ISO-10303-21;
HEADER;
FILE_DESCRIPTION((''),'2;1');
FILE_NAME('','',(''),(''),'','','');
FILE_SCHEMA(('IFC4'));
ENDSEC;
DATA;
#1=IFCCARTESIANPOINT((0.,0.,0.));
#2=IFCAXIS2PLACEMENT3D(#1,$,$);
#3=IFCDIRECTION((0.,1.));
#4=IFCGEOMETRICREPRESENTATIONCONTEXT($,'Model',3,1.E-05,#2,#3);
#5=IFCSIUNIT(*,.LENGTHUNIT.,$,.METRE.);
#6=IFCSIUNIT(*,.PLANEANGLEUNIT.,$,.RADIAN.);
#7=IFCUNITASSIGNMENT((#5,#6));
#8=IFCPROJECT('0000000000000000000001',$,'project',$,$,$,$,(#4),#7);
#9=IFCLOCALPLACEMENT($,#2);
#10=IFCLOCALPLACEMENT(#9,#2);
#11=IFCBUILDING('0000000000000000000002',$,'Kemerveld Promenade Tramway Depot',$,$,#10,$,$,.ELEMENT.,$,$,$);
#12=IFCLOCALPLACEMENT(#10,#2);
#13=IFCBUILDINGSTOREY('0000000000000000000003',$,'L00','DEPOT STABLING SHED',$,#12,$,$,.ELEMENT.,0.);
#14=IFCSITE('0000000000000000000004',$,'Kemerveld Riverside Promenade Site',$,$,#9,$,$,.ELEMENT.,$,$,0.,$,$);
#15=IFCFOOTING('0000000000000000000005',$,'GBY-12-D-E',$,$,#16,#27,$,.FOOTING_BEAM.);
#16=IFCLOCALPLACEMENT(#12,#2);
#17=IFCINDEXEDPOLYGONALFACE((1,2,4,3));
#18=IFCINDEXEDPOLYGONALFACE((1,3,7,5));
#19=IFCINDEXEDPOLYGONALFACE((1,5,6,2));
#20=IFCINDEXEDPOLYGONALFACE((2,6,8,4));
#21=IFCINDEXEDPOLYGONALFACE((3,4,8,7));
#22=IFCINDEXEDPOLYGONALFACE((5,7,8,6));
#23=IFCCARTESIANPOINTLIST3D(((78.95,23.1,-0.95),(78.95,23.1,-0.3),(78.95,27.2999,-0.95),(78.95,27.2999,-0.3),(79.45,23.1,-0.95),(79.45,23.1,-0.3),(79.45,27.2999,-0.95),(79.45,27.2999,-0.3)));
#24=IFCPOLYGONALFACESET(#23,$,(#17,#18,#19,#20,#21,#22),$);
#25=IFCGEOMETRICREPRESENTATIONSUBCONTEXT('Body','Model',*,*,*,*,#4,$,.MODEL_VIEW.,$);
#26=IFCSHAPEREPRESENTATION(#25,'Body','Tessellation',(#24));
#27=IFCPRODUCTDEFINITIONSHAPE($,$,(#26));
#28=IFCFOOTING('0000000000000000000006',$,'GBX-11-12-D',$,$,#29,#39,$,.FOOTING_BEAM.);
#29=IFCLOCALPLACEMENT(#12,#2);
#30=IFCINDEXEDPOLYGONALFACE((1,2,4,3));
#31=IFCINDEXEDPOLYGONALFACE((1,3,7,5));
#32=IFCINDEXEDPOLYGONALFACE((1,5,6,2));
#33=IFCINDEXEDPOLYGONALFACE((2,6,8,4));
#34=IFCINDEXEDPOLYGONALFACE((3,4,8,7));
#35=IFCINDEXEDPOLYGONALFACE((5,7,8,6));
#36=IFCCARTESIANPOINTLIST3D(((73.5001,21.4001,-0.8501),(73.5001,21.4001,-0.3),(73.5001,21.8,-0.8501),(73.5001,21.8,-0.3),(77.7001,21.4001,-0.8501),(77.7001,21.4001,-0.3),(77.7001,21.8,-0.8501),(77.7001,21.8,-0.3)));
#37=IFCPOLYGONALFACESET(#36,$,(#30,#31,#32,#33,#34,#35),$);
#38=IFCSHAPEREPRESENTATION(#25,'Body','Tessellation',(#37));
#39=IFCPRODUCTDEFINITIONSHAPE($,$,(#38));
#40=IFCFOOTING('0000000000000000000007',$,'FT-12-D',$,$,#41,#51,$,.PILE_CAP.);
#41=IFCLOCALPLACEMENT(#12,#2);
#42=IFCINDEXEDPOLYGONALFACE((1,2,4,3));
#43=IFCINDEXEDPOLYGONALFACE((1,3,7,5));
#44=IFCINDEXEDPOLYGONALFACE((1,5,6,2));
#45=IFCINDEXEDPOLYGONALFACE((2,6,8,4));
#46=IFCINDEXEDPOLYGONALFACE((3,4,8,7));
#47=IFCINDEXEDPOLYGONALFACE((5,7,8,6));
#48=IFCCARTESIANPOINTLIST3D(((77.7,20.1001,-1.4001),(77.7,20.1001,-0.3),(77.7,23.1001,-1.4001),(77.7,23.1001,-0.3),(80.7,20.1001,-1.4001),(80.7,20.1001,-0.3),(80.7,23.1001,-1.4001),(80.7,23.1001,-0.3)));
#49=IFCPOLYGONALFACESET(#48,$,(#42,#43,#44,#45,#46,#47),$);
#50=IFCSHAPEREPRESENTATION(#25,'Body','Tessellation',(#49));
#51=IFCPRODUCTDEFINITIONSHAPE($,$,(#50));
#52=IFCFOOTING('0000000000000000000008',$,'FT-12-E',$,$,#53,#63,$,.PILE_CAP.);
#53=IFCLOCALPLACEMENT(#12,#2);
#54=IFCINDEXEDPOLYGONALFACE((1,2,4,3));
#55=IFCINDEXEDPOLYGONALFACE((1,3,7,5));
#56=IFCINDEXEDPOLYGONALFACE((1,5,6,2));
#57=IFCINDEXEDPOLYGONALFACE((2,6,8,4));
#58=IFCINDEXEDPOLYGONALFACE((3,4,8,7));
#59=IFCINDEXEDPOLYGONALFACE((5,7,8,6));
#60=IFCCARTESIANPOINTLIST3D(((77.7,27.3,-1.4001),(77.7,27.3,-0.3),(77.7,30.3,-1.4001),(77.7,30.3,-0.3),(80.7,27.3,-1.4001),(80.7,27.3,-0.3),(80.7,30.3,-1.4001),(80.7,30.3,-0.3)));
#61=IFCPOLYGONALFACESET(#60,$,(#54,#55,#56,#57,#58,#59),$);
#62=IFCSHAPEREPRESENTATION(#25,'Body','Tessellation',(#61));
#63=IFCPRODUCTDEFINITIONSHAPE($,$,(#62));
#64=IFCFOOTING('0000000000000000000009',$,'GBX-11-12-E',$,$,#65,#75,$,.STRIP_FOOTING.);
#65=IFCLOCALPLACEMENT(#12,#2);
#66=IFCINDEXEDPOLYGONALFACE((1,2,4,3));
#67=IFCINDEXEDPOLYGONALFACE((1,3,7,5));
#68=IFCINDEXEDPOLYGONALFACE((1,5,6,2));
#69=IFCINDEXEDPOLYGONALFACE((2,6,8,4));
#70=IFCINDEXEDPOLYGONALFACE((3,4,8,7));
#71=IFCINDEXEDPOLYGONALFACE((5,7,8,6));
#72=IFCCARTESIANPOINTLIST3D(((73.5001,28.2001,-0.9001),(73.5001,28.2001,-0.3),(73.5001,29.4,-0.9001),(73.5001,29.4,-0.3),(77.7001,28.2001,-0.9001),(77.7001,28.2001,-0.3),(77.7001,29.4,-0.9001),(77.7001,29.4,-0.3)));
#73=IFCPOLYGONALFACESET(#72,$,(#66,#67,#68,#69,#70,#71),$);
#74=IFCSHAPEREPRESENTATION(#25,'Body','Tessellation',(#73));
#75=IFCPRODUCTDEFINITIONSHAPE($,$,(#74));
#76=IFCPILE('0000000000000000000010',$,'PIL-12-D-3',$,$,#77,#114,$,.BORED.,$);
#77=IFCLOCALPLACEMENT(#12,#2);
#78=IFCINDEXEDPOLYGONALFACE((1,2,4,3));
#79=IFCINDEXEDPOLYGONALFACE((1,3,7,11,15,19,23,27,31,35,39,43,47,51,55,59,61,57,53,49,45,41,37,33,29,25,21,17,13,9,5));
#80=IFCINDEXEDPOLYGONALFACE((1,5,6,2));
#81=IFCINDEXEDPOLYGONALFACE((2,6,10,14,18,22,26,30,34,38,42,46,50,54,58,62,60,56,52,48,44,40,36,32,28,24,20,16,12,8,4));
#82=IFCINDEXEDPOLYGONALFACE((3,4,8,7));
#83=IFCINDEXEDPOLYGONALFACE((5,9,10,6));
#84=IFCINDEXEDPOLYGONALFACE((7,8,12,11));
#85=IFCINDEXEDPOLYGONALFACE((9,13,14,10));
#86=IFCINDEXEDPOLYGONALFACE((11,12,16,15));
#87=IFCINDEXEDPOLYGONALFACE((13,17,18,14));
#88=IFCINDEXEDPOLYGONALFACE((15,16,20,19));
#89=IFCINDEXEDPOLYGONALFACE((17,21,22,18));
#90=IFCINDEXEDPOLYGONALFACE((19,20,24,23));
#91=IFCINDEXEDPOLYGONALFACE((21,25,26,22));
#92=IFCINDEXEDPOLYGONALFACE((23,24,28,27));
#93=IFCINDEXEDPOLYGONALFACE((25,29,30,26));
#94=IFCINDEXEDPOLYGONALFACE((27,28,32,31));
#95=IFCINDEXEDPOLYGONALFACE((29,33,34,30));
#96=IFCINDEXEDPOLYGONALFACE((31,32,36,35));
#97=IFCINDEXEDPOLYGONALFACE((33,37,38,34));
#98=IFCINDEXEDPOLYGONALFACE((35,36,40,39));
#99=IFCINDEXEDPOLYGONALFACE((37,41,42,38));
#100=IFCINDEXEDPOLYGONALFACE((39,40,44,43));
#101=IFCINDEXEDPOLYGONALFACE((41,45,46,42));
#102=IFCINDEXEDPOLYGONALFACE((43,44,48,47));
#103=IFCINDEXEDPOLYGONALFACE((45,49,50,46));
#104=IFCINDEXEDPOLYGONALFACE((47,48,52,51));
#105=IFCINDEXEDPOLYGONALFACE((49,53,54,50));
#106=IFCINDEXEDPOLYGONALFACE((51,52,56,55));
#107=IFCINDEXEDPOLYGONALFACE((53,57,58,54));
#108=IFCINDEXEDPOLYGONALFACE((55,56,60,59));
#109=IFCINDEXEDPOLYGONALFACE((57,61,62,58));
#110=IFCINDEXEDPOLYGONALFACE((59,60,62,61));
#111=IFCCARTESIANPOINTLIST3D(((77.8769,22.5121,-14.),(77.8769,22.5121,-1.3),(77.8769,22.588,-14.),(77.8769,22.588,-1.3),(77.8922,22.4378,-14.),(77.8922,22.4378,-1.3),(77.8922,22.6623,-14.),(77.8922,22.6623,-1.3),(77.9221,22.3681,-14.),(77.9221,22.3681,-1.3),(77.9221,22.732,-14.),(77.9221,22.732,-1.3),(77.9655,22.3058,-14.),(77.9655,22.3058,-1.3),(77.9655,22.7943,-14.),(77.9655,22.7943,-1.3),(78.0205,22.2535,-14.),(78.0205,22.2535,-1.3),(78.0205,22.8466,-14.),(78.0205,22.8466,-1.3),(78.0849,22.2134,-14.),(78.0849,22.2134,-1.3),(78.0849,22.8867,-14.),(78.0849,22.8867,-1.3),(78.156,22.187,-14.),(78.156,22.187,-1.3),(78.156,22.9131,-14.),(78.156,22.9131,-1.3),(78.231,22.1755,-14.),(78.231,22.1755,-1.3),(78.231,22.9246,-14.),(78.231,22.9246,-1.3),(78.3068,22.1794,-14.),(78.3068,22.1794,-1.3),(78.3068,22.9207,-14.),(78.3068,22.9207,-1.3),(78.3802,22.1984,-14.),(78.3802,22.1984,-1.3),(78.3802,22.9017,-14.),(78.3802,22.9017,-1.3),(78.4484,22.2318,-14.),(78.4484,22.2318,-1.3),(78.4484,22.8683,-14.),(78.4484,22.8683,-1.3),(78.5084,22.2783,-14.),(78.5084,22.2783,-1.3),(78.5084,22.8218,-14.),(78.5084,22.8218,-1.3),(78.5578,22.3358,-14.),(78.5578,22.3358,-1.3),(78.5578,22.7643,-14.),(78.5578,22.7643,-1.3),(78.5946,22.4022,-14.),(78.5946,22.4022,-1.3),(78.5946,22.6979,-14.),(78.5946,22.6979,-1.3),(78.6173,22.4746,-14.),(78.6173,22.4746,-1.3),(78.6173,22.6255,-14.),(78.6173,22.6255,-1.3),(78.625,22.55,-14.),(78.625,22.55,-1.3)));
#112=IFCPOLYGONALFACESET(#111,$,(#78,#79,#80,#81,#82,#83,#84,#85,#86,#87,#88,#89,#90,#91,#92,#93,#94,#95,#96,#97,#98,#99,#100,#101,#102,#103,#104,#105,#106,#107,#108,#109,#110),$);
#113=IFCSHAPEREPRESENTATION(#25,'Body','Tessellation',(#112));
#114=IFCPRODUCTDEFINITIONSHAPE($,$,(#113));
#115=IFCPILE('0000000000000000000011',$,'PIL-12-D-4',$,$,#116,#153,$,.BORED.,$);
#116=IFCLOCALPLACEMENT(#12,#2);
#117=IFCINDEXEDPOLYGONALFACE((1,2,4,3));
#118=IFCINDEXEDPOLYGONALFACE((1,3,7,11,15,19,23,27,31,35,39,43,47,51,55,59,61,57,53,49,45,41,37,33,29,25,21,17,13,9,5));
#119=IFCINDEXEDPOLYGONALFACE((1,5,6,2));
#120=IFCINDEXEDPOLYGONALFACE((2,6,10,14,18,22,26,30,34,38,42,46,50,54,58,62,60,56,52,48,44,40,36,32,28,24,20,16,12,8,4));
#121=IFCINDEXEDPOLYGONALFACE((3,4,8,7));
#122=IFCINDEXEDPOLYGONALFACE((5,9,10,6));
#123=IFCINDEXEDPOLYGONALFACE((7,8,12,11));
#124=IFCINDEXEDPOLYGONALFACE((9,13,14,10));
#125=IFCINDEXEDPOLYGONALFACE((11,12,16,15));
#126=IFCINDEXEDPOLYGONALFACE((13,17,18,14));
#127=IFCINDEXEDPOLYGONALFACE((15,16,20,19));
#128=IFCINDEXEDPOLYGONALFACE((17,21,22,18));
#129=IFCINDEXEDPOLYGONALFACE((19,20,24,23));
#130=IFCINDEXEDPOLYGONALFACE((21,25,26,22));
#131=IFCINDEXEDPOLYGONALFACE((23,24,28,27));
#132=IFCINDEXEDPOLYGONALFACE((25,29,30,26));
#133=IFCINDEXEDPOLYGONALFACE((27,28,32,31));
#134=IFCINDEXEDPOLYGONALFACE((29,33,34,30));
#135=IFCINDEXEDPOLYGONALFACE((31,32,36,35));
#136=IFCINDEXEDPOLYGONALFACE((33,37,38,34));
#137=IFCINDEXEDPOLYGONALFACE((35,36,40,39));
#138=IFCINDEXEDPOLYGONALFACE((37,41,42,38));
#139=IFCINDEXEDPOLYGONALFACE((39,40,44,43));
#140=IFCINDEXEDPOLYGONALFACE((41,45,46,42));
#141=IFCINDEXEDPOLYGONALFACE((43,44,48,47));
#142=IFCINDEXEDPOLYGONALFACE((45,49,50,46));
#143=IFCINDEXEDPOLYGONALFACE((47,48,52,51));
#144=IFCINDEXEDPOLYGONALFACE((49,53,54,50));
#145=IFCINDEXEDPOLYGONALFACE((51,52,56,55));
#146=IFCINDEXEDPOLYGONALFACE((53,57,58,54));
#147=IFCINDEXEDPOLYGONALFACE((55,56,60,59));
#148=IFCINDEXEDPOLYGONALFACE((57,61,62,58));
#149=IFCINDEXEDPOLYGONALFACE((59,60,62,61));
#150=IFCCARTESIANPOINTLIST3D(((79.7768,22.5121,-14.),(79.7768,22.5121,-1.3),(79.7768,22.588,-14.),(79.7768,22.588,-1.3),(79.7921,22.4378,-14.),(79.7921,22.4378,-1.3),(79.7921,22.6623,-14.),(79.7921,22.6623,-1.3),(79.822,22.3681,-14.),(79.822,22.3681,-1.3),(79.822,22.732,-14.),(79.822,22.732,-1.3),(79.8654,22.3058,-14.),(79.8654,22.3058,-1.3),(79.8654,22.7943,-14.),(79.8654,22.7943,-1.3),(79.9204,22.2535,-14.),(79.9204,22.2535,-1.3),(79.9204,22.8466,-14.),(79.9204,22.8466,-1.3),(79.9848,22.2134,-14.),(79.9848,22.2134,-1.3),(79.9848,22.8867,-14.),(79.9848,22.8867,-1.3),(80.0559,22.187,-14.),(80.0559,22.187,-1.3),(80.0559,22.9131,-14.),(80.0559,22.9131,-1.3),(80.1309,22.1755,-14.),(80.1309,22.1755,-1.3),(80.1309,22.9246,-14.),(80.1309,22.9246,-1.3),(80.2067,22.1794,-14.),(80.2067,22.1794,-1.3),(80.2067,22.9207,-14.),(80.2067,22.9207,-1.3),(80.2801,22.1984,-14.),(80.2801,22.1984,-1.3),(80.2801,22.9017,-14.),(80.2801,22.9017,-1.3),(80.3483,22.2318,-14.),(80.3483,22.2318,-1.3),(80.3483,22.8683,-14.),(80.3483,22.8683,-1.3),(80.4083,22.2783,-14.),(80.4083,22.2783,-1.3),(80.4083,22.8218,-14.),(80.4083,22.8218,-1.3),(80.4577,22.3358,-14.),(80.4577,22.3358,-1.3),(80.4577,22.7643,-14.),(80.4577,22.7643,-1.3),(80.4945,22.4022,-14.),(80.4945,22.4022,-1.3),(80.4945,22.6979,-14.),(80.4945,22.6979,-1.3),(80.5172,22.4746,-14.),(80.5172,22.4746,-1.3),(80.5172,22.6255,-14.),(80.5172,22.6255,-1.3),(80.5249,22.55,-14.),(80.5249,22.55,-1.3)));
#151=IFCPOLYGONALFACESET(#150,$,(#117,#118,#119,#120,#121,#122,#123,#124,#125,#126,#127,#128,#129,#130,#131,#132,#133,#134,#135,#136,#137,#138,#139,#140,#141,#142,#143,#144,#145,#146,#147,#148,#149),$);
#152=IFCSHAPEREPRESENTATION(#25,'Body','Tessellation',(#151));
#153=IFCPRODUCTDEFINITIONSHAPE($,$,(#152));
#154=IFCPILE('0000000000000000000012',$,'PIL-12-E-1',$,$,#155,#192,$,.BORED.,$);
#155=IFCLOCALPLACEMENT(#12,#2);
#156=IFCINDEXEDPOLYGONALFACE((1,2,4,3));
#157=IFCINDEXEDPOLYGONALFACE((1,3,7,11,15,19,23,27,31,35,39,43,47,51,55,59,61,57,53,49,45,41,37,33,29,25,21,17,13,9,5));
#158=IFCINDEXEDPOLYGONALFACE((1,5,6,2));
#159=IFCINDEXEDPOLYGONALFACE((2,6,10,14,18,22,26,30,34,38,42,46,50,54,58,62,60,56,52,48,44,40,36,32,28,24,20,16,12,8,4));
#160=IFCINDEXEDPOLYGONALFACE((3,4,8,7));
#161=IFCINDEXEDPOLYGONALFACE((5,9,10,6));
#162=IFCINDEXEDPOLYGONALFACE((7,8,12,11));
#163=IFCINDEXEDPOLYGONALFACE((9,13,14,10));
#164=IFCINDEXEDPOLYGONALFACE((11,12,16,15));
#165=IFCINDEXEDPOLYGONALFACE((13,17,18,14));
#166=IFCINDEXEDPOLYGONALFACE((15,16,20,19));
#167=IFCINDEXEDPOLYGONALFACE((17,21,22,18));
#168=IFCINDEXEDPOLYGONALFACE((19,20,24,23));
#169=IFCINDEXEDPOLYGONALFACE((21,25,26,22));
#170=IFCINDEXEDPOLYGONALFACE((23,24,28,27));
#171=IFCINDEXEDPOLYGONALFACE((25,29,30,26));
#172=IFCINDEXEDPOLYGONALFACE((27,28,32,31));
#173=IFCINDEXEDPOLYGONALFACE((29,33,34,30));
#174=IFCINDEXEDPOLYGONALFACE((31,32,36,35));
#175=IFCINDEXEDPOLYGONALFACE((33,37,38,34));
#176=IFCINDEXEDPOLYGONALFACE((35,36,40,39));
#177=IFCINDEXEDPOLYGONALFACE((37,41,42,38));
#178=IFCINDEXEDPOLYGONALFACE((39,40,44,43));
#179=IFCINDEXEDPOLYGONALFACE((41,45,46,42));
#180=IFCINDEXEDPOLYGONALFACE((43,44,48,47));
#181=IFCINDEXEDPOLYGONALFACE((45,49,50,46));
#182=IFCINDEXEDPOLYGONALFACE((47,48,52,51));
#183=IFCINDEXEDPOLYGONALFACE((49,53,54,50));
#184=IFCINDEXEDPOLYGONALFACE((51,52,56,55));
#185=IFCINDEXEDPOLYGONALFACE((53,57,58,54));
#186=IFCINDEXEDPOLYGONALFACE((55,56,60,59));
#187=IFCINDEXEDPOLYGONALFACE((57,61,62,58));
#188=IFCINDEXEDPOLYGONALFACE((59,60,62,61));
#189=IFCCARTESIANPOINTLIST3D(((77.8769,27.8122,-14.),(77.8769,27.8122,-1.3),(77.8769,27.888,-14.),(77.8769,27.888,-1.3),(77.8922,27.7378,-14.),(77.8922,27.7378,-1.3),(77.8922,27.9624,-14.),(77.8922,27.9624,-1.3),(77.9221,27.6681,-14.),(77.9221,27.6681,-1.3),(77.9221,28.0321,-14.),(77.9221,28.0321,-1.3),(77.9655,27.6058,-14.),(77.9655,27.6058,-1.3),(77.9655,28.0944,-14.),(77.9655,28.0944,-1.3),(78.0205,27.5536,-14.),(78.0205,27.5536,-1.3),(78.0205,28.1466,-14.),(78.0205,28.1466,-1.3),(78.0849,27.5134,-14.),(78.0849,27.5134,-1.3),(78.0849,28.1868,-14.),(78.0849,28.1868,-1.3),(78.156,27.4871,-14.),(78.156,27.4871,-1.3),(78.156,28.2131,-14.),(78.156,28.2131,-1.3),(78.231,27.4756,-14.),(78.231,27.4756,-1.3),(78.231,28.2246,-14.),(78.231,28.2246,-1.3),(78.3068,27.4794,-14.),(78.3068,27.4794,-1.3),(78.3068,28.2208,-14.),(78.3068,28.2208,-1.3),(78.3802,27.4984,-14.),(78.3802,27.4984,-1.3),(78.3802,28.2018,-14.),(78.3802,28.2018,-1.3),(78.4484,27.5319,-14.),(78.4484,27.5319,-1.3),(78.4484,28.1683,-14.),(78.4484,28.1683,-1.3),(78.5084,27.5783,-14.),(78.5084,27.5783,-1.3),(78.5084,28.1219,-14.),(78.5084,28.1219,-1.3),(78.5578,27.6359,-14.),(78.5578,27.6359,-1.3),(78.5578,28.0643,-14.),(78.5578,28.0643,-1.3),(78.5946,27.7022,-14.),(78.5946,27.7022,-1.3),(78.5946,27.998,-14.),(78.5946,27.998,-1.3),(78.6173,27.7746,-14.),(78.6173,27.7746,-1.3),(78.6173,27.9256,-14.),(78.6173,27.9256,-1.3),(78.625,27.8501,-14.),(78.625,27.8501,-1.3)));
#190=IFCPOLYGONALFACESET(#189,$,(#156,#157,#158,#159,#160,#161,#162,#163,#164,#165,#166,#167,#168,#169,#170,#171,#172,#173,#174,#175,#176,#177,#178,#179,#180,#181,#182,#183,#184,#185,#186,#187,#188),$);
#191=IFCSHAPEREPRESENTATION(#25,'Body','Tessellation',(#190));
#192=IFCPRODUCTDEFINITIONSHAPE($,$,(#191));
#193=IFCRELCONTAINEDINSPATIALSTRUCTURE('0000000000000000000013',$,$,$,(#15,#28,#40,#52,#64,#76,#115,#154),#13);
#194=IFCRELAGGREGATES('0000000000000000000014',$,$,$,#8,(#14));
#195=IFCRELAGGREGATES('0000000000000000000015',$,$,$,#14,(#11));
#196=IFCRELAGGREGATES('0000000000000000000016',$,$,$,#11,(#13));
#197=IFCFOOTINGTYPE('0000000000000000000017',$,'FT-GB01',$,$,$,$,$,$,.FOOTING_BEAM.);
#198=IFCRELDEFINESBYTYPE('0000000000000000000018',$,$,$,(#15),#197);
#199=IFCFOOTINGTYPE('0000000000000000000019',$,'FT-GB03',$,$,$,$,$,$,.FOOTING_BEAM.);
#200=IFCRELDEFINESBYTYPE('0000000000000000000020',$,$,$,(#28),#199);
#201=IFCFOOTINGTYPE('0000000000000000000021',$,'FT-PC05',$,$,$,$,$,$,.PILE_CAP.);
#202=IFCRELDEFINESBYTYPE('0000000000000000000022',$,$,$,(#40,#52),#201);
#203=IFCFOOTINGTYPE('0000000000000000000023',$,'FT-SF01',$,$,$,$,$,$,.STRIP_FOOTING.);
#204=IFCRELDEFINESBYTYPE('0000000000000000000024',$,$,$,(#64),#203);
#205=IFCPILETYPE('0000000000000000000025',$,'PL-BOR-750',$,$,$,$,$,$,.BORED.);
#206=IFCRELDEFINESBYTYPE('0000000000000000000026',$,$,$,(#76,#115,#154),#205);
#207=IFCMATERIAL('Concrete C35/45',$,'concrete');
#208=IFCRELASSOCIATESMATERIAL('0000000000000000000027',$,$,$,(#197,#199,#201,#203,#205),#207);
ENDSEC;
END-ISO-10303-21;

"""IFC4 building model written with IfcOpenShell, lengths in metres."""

from ifc_helpers import new_model, si_unit, direction, frame, origin, origin_2d, place, context, subcontext, project, spatial, rectangle, circle, extrude, material, material_profile, profile_set, type_object, element, save


model = new_model("IFC4")

# Units and contexts
model_context = context("Model", 3, precision=1e-05, world=origin(), true_north=direction((0.0, 1.0)))
body_context = subcontext(model_context, "Body", "Model", "MODEL_VIEW")
ifc_project = project(units=[si_unit("LENGTHUNIT", "METRE"), si_unit("PLANEANGLEUNIT", "RADIAN")], contexts=[model_context])

# Site, building, storey
site_placement = place(None, origin())
site = spatial("IfcSite", under=ifc_project, at=site_placement, Name="Kemerveld Riverside Promenade Site", CompositionType="ELEMENT", RefElevation=0.0)
building_placement = place(site_placement, origin())
building = spatial("IfcBuilding", under=site, at=building_placement, Name="Kemerveld Promenade Tramway Depot", CompositionType="ELEMENT")
storey_placement = place(building_placement, origin())
storey = spatial("IfcBuildingStorey", under=building, at=storey_placement, Name="L00", Description="DEPOT STABLING SHED", CompositionType="ELEMENT", Elevation=0.0)

# Footings
ifc_material_1 = material(Name="Concrete C35/45", Category="concrete")
footing_type_1 = type_object("IfcFootingType", Name="FT-GB01", PredefinedType="FOOTING_BEAM", material=ifc_material_1)
footing_1_placement = place(storey_placement, frame((79.2, 25.2, -0.95), z_axis=(0.0, 0.0, 1.0), x_axis=(0.0, 1.0, 0.0)))
element("IfcFooting", 1, at=footing_1_placement, inside=storey, type_object=footing_type_1, Name="GBY-12-D-E", PredefinedType="FOOTING_BEAM", context=body_context, shape_type="SweptSolid", body=[
    extrude(rectangle(XDim=4.2, YDim=0.5, at=origin_2d()), origin(), (0.0, 0.0, 1.0), 0.6499),
])
footing_type_2 = type_object("IfcFootingType", Name="FT-GB03", PredefinedType="FOOTING_BEAM", material=ifc_material_1)
footing_2_placement = place(storey_placement, frame((75.6001, 21.6001, -0.8501), z_axis=(0.0, 0.0, 1.0), x_axis=(1.0, 0.0, 0.0)))
element("IfcFooting", 2, at=footing_2_placement, inside=storey, type_object=footing_type_2, Name="GBX-11-12-D", PredefinedType="FOOTING_BEAM", context=body_context, shape_type="SweptSolid", body=[
    extrude(rectangle(XDim=4.2, YDim=0.3999, at=origin_2d()), origin(), (0.0, 0.0, 1.0), 0.55),
])
footing_type_3 = type_object("IfcFootingType", Name="FT-PC05", PredefinedType="PILE_CAP", material=ifc_material_1)
for number, where, z_axis, x_axis, name in (
    (3, (79.2, 21.6001, -1.4001), (0.0, 0.0, 1.0), (1.0, 0.0, 0.0), "FT-12-D"),
    (4, (79.2, 28.8, -1.4001), (0.0, 0.0, 1.0), (1.0, 0.0, 0.0), "FT-12-E"),
):
    element("IfcFooting", number, at=place(storey_placement, frame(where, z_axis=z_axis, x_axis=x_axis)), inside=storey, type_object=footing_type_3, Name=name, PredefinedType="PILE_CAP", context=body_context, shape_type="SweptSolid", body=[
        extrude(rectangle(XDim=3.0, YDim=3.0, at=origin_2d()), origin(), (0.0, 0.0, 1.0), 1.1001),
    ])
footing_type_4 = type_object("IfcFootingType", Name="FT-SF01", PredefinedType="STRIP_FOOTING", material=ifc_material_1)
footing_3_placement = place(storey_placement, frame((75.6001, 28.8, -0.9001), z_axis=(0.0, 0.0, 1.0), x_axis=(1.0, 0.0, 0.0)))
element("IfcFooting", 5, at=footing_3_placement, inside=storey, type_object=footing_type_4, Name="GBX-11-12-E", PredefinedType="STRIP_FOOTING", context=body_context, shape_type="SweptSolid", body=[
    extrude(rectangle(XDim=4.2, YDim=1.2, at=origin_2d()), origin(), (0.0, 0.0, 1.0), 0.6001),
])

# Piles
ifc_material_profile_1 = material_profile(ifc_material_1, circle(Radius=0.375, at=origin_2d()), Name="PILE-D750")
ifc_profile_set_1 = profile_set([ifc_material_profile_1], Name="Concrete C35/45")
pile_type = type_object("IfcPileType", Name="PL-BOR-750", PredefinedType="BORED", material=ifc_profile_set_1)
for number, where, z_axis, x_axis, name in (
    (6, (78.25, 22.55, -1.3), (0.0, 0.0, -1.0), (1.0, 0.0, 0.0), "PIL-12-D-3"),
    (7, (80.1499, 22.55, -1.3), (0.0, 0.0, -1.0), (1.0, 0.0, 0.0), "PIL-12-D-4"),
    (8, (78.25, 27.8501, -1.3), (0.0, 0.0, -1.0), (1.0, 0.0, 0.0), "PIL-12-E-1"),
):
    element("IfcPile", number, at=place(storey_placement, frame(where, z_axis=z_axis, x_axis=x_axis)), inside=storey, type_object=pile_type, Name=name, PredefinedType="BORED", context=body_context, shape_type="SweptSolid", body=[
        extrude(circle(Radius=0.375, at=origin_2d()), origin(), (0.0, 0.0, 1.0), 12.7),
    ])

save(model, "model.ifc")
